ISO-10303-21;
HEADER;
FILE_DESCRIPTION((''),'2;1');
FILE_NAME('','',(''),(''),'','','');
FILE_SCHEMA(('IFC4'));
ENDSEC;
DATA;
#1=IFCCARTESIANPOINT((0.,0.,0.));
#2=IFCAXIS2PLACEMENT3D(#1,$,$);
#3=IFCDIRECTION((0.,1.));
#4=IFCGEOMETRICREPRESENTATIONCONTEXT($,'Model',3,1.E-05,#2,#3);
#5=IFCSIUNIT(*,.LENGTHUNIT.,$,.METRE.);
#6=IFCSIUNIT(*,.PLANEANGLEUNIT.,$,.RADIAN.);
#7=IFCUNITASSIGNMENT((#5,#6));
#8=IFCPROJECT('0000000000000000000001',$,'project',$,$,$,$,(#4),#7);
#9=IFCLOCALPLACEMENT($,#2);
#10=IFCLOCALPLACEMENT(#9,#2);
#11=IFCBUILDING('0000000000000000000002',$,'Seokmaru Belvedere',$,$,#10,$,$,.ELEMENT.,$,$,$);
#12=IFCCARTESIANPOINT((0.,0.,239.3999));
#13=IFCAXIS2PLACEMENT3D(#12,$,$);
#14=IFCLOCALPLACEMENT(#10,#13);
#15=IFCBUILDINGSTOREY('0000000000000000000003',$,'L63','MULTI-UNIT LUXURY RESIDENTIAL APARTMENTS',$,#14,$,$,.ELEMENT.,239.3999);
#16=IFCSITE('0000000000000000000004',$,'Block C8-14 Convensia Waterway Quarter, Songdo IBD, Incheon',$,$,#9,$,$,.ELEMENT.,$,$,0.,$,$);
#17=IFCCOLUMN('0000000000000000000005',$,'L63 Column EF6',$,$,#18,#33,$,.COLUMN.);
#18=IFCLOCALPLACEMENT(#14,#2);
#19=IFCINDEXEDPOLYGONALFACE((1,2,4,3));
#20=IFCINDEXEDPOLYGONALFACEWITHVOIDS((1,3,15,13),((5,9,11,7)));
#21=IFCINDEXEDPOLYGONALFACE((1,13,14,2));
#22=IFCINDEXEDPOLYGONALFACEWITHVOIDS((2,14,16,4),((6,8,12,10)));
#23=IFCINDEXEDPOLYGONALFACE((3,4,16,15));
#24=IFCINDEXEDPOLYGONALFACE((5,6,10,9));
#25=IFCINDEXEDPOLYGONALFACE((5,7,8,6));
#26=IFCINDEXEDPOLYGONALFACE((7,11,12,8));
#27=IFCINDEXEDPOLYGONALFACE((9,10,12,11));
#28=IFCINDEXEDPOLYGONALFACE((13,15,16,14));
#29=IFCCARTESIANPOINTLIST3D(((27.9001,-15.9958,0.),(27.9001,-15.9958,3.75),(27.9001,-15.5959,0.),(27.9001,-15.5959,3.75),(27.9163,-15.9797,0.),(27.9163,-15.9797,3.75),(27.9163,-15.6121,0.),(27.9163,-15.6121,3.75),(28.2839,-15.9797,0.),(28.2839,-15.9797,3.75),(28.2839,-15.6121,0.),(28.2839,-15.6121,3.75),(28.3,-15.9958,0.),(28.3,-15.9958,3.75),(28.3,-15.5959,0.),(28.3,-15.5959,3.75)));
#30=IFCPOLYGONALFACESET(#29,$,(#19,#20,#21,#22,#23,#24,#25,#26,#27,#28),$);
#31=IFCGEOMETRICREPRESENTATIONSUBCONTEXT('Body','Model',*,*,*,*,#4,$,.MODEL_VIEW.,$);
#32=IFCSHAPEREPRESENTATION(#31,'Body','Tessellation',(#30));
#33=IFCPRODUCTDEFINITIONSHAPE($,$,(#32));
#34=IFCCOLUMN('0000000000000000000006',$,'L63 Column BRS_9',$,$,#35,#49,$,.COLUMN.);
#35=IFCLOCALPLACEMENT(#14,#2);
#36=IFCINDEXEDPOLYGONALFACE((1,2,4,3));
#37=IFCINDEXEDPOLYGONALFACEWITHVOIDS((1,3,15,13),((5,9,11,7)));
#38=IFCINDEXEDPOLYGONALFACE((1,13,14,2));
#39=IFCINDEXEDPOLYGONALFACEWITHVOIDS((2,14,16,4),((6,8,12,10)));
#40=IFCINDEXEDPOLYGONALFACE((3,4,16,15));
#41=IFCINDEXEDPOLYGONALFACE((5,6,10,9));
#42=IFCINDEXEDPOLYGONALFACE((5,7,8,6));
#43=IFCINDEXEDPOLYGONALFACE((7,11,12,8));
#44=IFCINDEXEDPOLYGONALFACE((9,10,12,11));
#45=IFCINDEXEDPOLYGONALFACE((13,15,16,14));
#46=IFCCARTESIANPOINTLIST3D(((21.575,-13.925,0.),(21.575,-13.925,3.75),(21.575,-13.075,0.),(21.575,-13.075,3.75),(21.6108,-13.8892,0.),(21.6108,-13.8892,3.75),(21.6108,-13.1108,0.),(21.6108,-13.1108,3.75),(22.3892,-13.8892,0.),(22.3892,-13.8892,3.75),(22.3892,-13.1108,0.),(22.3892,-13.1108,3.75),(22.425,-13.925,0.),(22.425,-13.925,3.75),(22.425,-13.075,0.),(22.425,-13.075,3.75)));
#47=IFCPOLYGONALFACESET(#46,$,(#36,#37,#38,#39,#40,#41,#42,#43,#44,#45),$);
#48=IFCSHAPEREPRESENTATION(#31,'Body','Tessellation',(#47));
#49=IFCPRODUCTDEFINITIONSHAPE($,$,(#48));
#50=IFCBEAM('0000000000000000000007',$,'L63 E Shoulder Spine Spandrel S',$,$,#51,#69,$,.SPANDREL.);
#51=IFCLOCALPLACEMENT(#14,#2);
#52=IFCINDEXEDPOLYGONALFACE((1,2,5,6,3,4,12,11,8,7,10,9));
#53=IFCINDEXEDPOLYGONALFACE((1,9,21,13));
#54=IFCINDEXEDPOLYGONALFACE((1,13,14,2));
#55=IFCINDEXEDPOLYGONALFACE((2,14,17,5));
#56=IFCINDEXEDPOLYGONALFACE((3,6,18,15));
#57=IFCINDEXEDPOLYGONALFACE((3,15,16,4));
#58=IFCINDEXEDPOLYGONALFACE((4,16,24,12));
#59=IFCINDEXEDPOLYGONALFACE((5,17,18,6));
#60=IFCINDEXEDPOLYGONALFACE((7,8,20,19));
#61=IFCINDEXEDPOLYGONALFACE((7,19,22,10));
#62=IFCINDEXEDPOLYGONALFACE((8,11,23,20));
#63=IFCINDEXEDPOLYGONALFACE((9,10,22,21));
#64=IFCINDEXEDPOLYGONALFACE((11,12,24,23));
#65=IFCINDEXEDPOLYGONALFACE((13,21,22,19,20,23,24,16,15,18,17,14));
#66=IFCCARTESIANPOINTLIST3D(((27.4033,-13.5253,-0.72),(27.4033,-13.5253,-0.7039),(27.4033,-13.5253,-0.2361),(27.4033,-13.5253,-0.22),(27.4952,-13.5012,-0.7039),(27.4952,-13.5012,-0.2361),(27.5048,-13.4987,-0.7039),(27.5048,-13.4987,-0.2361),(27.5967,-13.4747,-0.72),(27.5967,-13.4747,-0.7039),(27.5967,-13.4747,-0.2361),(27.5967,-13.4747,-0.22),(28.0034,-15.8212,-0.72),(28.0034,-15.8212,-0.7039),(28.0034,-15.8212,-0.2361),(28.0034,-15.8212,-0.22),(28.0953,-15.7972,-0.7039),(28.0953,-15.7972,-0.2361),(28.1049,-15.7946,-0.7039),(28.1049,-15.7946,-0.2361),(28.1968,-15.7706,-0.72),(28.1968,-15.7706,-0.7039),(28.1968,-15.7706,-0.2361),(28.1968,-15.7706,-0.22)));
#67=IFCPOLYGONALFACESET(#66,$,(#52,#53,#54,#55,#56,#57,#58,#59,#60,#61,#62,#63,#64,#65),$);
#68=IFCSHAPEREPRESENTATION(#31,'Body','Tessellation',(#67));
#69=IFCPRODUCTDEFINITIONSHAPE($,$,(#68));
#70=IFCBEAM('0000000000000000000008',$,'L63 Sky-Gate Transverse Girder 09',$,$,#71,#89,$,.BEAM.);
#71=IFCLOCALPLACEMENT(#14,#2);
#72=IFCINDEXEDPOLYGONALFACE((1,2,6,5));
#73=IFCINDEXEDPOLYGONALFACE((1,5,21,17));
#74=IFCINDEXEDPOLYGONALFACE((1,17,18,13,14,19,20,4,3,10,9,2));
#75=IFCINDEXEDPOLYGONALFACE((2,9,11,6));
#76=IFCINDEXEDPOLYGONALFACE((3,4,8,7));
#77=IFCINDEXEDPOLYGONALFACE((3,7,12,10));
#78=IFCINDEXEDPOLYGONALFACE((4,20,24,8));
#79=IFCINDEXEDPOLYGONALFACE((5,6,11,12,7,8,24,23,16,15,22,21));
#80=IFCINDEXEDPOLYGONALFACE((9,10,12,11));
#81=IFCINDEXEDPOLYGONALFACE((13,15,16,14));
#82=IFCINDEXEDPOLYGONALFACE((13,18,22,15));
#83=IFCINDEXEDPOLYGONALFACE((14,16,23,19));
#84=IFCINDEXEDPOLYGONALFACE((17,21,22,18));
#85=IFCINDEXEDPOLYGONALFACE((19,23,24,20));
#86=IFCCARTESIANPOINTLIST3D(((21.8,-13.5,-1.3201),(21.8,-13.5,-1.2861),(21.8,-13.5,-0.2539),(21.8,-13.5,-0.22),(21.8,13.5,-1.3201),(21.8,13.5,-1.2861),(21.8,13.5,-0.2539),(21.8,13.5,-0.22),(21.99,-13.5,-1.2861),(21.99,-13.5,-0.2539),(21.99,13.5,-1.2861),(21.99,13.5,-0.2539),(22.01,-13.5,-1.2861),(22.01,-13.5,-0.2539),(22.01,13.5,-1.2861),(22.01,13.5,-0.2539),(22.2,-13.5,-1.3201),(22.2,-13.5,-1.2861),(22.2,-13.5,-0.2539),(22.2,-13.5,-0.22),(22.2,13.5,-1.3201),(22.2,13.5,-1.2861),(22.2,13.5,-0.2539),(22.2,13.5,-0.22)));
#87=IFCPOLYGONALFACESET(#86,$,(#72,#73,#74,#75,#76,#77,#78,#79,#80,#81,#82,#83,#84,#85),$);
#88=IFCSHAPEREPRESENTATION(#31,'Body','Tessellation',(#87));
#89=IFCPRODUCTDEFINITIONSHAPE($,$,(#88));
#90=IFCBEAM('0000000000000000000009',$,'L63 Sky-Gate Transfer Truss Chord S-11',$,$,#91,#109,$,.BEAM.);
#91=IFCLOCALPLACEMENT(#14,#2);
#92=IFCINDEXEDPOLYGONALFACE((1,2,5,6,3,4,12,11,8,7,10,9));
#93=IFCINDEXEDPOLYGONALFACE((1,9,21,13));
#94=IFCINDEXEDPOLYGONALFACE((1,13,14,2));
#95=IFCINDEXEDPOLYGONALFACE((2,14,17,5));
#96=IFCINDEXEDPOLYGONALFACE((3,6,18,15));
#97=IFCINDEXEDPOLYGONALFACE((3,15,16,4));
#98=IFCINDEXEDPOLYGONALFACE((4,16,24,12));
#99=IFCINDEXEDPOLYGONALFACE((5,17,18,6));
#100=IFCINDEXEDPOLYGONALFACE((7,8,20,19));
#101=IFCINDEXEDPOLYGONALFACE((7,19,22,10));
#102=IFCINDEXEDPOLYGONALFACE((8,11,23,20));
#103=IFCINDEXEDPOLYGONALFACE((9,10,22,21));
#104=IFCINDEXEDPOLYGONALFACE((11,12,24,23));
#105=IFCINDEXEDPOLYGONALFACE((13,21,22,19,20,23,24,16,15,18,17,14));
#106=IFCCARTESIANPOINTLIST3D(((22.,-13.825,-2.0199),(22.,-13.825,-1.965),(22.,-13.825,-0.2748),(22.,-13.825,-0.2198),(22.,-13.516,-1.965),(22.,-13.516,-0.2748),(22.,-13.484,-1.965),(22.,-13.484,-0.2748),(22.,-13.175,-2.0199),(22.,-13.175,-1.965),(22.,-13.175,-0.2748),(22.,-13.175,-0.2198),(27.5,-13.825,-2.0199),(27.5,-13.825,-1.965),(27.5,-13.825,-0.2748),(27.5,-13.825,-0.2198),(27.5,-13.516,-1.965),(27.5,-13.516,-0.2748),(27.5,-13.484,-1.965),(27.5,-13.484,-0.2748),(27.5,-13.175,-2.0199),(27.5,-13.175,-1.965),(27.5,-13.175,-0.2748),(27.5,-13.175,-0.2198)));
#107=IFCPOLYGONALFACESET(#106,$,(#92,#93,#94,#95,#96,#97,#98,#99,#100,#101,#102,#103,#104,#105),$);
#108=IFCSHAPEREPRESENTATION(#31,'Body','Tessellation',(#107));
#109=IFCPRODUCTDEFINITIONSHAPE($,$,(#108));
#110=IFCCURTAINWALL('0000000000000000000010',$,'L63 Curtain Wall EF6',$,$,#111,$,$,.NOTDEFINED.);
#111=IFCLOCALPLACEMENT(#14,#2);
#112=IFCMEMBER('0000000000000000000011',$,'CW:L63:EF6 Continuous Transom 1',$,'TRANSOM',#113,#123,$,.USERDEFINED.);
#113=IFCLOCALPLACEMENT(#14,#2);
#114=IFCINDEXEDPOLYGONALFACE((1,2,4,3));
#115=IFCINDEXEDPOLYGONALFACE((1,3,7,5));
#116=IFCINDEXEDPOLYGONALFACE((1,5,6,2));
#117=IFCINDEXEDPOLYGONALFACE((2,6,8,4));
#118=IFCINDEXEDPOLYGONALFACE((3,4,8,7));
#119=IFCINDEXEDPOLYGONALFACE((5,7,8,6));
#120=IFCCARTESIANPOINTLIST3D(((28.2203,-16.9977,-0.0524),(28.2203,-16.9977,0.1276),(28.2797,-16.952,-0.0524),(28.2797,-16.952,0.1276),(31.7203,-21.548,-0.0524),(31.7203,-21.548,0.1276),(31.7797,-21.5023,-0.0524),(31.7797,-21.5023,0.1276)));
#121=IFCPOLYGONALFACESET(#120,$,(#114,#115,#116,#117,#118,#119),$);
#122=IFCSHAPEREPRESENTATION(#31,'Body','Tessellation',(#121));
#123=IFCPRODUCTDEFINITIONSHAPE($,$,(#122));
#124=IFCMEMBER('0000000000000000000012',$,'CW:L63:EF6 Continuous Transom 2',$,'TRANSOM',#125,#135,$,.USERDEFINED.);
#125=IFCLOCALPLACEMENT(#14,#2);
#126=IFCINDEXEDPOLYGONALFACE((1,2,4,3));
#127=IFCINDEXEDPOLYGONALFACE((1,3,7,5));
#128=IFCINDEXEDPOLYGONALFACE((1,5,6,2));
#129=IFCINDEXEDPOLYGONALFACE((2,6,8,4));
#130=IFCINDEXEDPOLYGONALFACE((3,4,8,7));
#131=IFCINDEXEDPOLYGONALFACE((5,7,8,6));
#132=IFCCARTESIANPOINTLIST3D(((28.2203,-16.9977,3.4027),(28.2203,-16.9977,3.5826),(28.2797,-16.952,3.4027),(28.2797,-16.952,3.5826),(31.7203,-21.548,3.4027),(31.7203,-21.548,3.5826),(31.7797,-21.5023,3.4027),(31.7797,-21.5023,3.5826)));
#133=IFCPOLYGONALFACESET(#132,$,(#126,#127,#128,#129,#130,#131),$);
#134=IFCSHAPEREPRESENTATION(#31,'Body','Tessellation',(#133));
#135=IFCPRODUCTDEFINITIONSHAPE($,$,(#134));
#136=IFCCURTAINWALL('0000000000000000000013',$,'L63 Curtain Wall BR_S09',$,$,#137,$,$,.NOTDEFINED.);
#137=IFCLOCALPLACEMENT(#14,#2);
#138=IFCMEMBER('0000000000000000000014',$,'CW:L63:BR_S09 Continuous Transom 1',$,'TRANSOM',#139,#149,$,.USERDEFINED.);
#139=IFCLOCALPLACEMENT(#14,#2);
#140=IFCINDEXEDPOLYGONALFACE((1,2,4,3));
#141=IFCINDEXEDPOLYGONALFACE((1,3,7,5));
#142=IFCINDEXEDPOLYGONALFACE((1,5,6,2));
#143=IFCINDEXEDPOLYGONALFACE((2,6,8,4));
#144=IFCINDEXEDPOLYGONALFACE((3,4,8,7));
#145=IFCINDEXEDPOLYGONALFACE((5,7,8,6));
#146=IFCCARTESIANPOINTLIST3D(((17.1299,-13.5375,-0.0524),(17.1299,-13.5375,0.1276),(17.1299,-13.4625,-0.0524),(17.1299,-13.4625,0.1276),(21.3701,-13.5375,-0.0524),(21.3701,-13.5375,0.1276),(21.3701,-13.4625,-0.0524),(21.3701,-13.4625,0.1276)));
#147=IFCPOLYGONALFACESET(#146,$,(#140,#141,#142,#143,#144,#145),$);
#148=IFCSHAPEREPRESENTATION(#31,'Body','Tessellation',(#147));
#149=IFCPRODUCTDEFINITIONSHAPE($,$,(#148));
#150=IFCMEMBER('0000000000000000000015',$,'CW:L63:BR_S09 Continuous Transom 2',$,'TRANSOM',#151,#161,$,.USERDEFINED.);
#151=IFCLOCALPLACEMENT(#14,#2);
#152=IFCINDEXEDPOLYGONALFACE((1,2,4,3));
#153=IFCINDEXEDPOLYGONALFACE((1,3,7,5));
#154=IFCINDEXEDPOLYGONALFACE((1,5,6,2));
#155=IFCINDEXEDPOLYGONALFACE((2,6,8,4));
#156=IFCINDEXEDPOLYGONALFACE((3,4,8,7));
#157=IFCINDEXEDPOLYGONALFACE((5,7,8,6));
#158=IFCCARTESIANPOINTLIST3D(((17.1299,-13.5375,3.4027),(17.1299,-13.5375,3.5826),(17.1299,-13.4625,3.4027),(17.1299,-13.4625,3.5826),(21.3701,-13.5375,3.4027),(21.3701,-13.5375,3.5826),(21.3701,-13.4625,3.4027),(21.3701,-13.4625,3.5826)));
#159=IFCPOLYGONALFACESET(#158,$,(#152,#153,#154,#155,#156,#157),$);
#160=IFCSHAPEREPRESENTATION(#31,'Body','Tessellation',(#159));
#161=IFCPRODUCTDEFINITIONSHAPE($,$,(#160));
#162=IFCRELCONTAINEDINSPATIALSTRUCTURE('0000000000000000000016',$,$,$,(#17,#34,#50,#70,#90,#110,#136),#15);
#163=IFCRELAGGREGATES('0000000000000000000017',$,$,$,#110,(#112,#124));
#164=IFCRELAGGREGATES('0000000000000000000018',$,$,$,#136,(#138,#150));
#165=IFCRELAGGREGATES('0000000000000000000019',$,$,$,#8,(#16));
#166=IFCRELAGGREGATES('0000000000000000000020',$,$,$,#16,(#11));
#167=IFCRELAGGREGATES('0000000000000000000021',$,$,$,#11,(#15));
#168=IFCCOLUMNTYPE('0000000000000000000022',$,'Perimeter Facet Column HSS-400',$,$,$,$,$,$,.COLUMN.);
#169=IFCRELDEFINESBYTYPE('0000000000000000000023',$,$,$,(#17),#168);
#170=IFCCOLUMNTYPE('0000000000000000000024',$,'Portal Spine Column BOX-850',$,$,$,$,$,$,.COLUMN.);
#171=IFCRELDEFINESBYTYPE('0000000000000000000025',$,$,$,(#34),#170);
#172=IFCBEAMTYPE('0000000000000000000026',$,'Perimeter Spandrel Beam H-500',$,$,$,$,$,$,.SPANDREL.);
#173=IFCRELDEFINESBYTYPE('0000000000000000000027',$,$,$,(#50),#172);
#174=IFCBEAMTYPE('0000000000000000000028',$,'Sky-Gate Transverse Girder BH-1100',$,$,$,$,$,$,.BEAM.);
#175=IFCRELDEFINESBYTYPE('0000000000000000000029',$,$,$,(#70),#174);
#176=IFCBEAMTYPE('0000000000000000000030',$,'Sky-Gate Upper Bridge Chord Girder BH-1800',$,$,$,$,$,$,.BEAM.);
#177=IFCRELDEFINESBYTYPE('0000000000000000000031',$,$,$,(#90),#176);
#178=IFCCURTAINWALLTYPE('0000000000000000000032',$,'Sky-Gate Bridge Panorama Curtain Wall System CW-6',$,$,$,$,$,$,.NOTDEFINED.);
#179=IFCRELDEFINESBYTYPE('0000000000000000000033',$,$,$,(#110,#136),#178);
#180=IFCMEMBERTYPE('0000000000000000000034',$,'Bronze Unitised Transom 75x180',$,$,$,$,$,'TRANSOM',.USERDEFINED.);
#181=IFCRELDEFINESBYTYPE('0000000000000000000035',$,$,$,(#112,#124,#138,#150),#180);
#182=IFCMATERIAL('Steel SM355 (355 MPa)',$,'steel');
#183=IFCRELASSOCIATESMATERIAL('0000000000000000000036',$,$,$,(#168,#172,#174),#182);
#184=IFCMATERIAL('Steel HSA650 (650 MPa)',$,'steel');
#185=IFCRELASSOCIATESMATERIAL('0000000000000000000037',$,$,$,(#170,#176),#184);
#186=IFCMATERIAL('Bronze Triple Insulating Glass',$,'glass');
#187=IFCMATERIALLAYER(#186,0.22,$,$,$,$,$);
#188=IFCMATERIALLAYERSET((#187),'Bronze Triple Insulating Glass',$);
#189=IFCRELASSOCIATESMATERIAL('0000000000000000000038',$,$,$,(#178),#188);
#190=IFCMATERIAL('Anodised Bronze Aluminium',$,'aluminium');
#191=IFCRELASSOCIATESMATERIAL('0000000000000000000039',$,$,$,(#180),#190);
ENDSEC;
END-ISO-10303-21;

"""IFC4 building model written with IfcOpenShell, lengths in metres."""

from ifc_helpers import new_model, si_unit, direction, frame, origin, origin_2d, place, context, subcontext, project, spatial, rectangle, hollow_rectangle, i_section, extrude, source, transform, mapped, material, layer, layer_set, material_profile, profile_set, type_object, type_shapes, element, aggregate, save


model = new_model("IFC4")

# Units and contexts
model_context = context("Model", 3, precision=1e-05, world=origin(), true_north=direction((0.0, 1.0)))
body_context = subcontext(model_context, "Body", "Model", "MODEL_VIEW")
ifc_project = project(units=[si_unit("LENGTHUNIT", "METRE"), si_unit("PLANEANGLEUNIT", "RADIAN")], contexts=[model_context])

# Site, building, storey
site_placement = place(None, origin())
site = spatial("IfcSite", under=ifc_project, at=site_placement, Name="Block C8-14 Convensia Waterway Quarter, Songdo IBD, Incheon", CompositionType="ELEMENT", RefElevation=0.0)
building_placement = place(site_placement, origin())
building = spatial("IfcBuilding", under=site, at=building_placement, Name="Seokmaru Belvedere", CompositionType="ELEMENT")
storey_placement = place(building_placement, frame((0.0, 0.0, 239.3999)))
storey = spatial("IfcBuildingStorey", under=building, at=storey_placement, Name="L63", Description="MULTI-UNIT LUXURY RESIDENTIAL APARTMENTS", CompositionType="ELEMENT", Elevation=239.3999)

# Columns
ifc_material_1 = material(Name="Steel SM355 (355 MPa)", Category="steel")
ifc_material_profile_1 = material_profile(ifc_material_1, hollow_rectangle(XDim=0.3999, YDim=0.3999, WallThickness=0.0161, at=origin_2d()), Name="HSS-400x400x16")
ifc_profile_set_1 = profile_set([ifc_material_profile_1], Name="Steel SM355 (355 MPa)")
column_type_1 = type_object("IfcColumnType", Name="Perimeter Facet Column HSS-400", PredefinedType="COLUMN", material=ifc_profile_set_1)
shared_shape_1 = source(origin(), body_context, "Body", "SweptSolid", [
    extrude(hollow_rectangle(XDim=0.3999, YDim=0.3999, WallThickness=0.0161, at=origin_2d()), origin(), (0.0, 0.0, 1.0), 3.75),
])
type_shapes(column_type_1, [shared_shape_1])
column_1_placement = place(storey_placement, frame((28.1001, -15.7959, 0.0), z_axis=(0.0, 0.0, 1.0), x_axis=(1.0, 0.0, 0.0)))
element("IfcColumn", 1, at=column_1_placement, inside=storey, type_object=column_type_1, Name="L63 Column EF6", PredefinedType="COLUMN", context=body_context, shape_type="MappedRepresentation", body=[
    mapped(shared_shape_1, transform((0.0, 0.0, 0.0), scale=1.0)),
])
ifc_material_2 = material(Name="Steel HSA650 (650 MPa)", Category="steel")
ifc_material_profile_2 = material_profile(ifc_material_2, hollow_rectangle(XDim=0.8501, YDim=0.8501, WallThickness=0.0359, at=origin_2d()), Name="BOX-850x850x36")
ifc_profile_set_2 = profile_set([ifc_material_profile_2], Name="Steel HSA650 (650 MPa)")
column_type_2 = type_object("IfcColumnType", Name="Portal Spine Column BOX-850", PredefinedType="COLUMN", material=ifc_profile_set_2)
shared_shape_2 = source(origin(), body_context, "Body", "SweptSolid", [
    extrude(hollow_rectangle(XDim=0.8501, YDim=0.8501, WallThickness=0.0359, at=origin_2d()), origin(), (0.0, 0.0, 1.0), 3.75),
])
type_shapes(column_type_2, [shared_shape_2])
column_2_placement = place(storey_placement, frame((22.0, -13.5, 0.0), z_axis=(0.0, 0.0, 1.0), x_axis=(1.0, 0.0, 0.0)))
element("IfcColumn", 2, at=column_2_placement, inside=storey, type_object=column_type_2, Name="L63 Column BRS_9", PredefinedType="COLUMN", context=body_context, shape_type="MappedRepresentation", body=[
    mapped(shared_shape_2, transform((0.0, 0.0, 0.0), scale=1.0)),
])

# Beams
ifc_material_profile_3 = material_profile(ifc_material_1, i_section(OverallWidth=0.2, OverallDepth=0.5, WebThickness=0.01, FlangeThickness=0.0161, at=origin_2d()), Name="H-500x200x10x16")
ifc_profile_set_3 = profile_set([ifc_material_profile_3], Name="Steel SM355 (355 MPa)")
beam_type_1 = type_object("IfcBeamType", Name="Perimeter Spandrel Beam H-500", PredefinedType="SPANDREL", material=ifc_profile_set_3)
shared_shape_3 = source(origin(), body_context, "Body", "SweptSolid", [
    extrude(i_section(OverallWidth=0.2, OverallDepth=0.5, WebThickness=0.01, FlangeThickness=0.0161, at=origin_2d()), origin(), (0.0, 0.0, 1.0), 2.373),
])
type_shapes(beam_type_1, [shared_shape_3])
beam_1_placement = place(storey_placement, frame((28.1001, -15.7959, -0.47), z_axis=(-0.252883, 0.967497, 0.0), x_axis=(-0.967497, -0.252883, 0.0)))
element("IfcBeam", 3, at=beam_1_placement, inside=storey, type_object=beam_type_1, Name="L63 E Shoulder Spine Spandrel S", PredefinedType="SPANDREL", context=body_context, shape_type="MappedRepresentation", body=[
    mapped(shared_shape_3, transform((0.0, 0.0, 0.0), scale=1.0)),
])
ifc_material_profile_4 = material_profile(ifc_material_1, i_section(OverallWidth=0.3999, OverallDepth=1.1001, WebThickness=0.02, FlangeThickness=0.0339, at=origin_2d()), Name="BH-1100x400x20x34")
ifc_profile_set_4 = profile_set([ifc_material_profile_4], Name="Steel SM355 (355 MPa)")
beam_type_2 = type_object("IfcBeamType", Name="Sky-Gate Transverse Girder BH-1100", PredefinedType="BEAM", material=ifc_profile_set_4)
shared_shape_4 = source(origin(), body_context, "Body", "SweptSolid", [
    extrude(i_section(OverallWidth=0.3999, OverallDepth=1.1001, WebThickness=0.02, FlangeThickness=0.0339, at=origin_2d()), origin(), (0.0, 0.0, 1.0), 27.0),
])
type_shapes(beam_type_2, [shared_shape_4])
beam_2_placement = place(storey_placement, frame((22.0, -13.5, -0.77), z_axis=(0.0, 1.0, 0.0), x_axis=(-1.0, 0.0, 0.0)))
element("IfcBeam", 4, at=beam_2_placement, inside=storey, type_object=beam_type_2, Name="L63 Sky-Gate Transverse Girder 09", PredefinedType="BEAM", context=body_context, shape_type="MappedRepresentation", body=[
    mapped(shared_shape_4, transform((0.0, 0.0, 0.0), scale=1.0)),
])
ifc_material_profile_5 = material_profile(ifc_material_2, i_section(OverallWidth=0.6499, OverallDepth=1.8, WebThickness=0.032, FlangeThickness=0.0549, at=origin_2d()), Name="BH-1800x650x32x55")
ifc_profile_set_5 = profile_set([ifc_material_profile_5], Name="Steel HSA650 (650 MPa)")
beam_type_3 = type_object("IfcBeamType", Name="Sky-Gate Upper Bridge Chord Girder BH-1800", PredefinedType="BEAM", material=ifc_profile_set_5)
shared_shape_5 = source(origin(), body_context, "Body", "SweptSolid", [
    extrude(i_section(OverallWidth=0.6499, OverallDepth=1.8, WebThickness=0.032, FlangeThickness=0.0549, at=origin_2d()), origin(), (0.0, 0.0, 1.0), 5.5),
])
type_shapes(beam_type_3, [shared_shape_5])
beam_3_placement = place(storey_placement, frame((22.0, -13.5, -1.1199), z_axis=(1.0, 0.0, 0.0), x_axis=(0.0, 1.0, 0.0)))
element("IfcBeam", 5, at=beam_3_placement, inside=storey, type_object=beam_type_3, Name="L63 Sky-Gate Transfer Truss Chord S-11", PredefinedType="BEAM", context=body_context, shape_type="MappedRepresentation", body=[
    mapped(shared_shape_5, transform((0.0, 0.0, 0.0), scale=1.0)),
])

# Curtain walls, members
ifc_material_3 = material(Name="Bronze Triple Insulating Glass", Category="glass")
ifc_layer_1 = layer(ifc_material_3, 0.22)
ifc_layer_set_1 = layer_set([ifc_layer_1], Name="Bronze Triple Insulating Glass")
curtain_wall_type = type_object("IfcCurtainWallType", Name="Sky-Gate Bridge Panorama Curtain Wall System CW-6", PredefinedType="NOTDEFINED", material=ifc_layer_set_1)
curtain_wall_1_placement = place(storey_placement, origin())
curtain_wall_1 = element("IfcCurtainWall", 6, at=curtain_wall_1_placement, inside=storey, type_object=curtain_wall_type, Name="L63 Curtain Wall EF6", PredefinedType="NOTDEFINED")
ifc_material_4 = material(Name="Anodised Bronze Aluminium", Category="aluminium")
ifc_material_profile_6 = material_profile(ifc_material_4, rectangle(XDim=0.075, YDim=0.1799, at=origin_2d()), Name="CW-T-75x180")
ifc_profile_set_6 = profile_set([ifc_material_profile_6], Name="Anodised Bronze Aluminium")
member_type_1 = type_object("IfcMemberType", Name="Bronze Unitised Transom 75x180", ElementType="TRANSOM", PredefinedType="USERDEFINED", material=ifc_profile_set_6)
shared_shape_6 = source(origin(), body_context, "Body", "SweptSolid", [
    extrude(rectangle(XDim=0.075, YDim=0.1799, at=origin_2d()), origin(), (0.0, 0.0, 1.0), 5.7407),
])
member_1_placement = place(storey_placement, frame((28.25, -16.9749, 0.0376), z_axis=(0.609686, -0.792643, 0.0), x_axis=(0.792643, 0.609686, 0.0)))
member_1 = element("IfcMember", 7, at=member_1_placement, type_object=member_type_1, Name="CW:L63:EF6 Continuous Transom 1", ObjectType="TRANSOM", PredefinedType="USERDEFINED", context=body_context, shape_type="MappedRepresentation", body=[
    mapped(shared_shape_6, transform((0.0, 0.0, 0.0), scale=1.0)),
])
member_2_placement = place(storey_placement, frame((28.25, -16.9749, 3.4927), z_axis=(0.609686, -0.792643, 0.0), x_axis=(0.792643, 0.609686, 0.0)))
member_2 = element("IfcMember", 8, at=member_2_placement, type_object=member_type_1, Name="CW:L63:EF6 Continuous Transom 2", ObjectType="TRANSOM", PredefinedType="USERDEFINED", context=body_context, shape_type="MappedRepresentation", body=[
    mapped(shared_shape_6, transform((0.0, 0.0, 0.0), scale=1.0)),
])
curtain_wall_2_placement = place(storey_placement, origin())
curtain_wall_2 = element("IfcCurtainWall", 9, at=curtain_wall_2_placement, inside=storey, type_object=curtain_wall_type, Name="L63 Curtain Wall BR_S09", PredefinedType="NOTDEFINED")
shared_shape_7 = source(origin(), body_context, "Body", "SweptSolid", [
    extrude(rectangle(XDim=0.075, YDim=0.1799, at=origin_2d()), origin(), (0.0, 0.0, 1.0), 4.2402),
])
type_shapes(member_type_1, [shared_shape_6, shared_shape_7])
member_3_placement = place(storey_placement, frame((17.1299, -13.5, 0.0376), z_axis=(1.0, 0.0, 0.0), x_axis=(0.0, 1.0, 0.0)))
member_3 = element("IfcMember", 10, at=member_3_placement, type_object=member_type_1, Name="CW:L63:BR_S09 Continuous Transom 1", ObjectType="TRANSOM", PredefinedType="USERDEFINED", context=body_context, shape_type="MappedRepresentation", body=[
    mapped(shared_shape_7, transform((0.0, 0.0, 0.0), scale=1.0)),
])
member_4_placement = place(storey_placement, frame((17.1299, -13.5, 3.4927), z_axis=(1.0, 0.0, 0.0), x_axis=(0.0, 1.0, 0.0)))
member_4 = element("IfcMember", 11, at=member_4_placement, type_object=member_type_1, Name="CW:L63:BR_S09 Continuous Transom 2", ObjectType="TRANSOM", PredefinedType="USERDEFINED", context=body_context, shape_type="MappedRepresentation", body=[
    mapped(shared_shape_7, transform((0.0, 0.0, 0.0), scale=1.0)),
])

aggregate(curtain_wall_1, [member_1, member_2])
aggregate(curtain_wall_2, [member_3, member_4])

save(model, "model.ifc")
